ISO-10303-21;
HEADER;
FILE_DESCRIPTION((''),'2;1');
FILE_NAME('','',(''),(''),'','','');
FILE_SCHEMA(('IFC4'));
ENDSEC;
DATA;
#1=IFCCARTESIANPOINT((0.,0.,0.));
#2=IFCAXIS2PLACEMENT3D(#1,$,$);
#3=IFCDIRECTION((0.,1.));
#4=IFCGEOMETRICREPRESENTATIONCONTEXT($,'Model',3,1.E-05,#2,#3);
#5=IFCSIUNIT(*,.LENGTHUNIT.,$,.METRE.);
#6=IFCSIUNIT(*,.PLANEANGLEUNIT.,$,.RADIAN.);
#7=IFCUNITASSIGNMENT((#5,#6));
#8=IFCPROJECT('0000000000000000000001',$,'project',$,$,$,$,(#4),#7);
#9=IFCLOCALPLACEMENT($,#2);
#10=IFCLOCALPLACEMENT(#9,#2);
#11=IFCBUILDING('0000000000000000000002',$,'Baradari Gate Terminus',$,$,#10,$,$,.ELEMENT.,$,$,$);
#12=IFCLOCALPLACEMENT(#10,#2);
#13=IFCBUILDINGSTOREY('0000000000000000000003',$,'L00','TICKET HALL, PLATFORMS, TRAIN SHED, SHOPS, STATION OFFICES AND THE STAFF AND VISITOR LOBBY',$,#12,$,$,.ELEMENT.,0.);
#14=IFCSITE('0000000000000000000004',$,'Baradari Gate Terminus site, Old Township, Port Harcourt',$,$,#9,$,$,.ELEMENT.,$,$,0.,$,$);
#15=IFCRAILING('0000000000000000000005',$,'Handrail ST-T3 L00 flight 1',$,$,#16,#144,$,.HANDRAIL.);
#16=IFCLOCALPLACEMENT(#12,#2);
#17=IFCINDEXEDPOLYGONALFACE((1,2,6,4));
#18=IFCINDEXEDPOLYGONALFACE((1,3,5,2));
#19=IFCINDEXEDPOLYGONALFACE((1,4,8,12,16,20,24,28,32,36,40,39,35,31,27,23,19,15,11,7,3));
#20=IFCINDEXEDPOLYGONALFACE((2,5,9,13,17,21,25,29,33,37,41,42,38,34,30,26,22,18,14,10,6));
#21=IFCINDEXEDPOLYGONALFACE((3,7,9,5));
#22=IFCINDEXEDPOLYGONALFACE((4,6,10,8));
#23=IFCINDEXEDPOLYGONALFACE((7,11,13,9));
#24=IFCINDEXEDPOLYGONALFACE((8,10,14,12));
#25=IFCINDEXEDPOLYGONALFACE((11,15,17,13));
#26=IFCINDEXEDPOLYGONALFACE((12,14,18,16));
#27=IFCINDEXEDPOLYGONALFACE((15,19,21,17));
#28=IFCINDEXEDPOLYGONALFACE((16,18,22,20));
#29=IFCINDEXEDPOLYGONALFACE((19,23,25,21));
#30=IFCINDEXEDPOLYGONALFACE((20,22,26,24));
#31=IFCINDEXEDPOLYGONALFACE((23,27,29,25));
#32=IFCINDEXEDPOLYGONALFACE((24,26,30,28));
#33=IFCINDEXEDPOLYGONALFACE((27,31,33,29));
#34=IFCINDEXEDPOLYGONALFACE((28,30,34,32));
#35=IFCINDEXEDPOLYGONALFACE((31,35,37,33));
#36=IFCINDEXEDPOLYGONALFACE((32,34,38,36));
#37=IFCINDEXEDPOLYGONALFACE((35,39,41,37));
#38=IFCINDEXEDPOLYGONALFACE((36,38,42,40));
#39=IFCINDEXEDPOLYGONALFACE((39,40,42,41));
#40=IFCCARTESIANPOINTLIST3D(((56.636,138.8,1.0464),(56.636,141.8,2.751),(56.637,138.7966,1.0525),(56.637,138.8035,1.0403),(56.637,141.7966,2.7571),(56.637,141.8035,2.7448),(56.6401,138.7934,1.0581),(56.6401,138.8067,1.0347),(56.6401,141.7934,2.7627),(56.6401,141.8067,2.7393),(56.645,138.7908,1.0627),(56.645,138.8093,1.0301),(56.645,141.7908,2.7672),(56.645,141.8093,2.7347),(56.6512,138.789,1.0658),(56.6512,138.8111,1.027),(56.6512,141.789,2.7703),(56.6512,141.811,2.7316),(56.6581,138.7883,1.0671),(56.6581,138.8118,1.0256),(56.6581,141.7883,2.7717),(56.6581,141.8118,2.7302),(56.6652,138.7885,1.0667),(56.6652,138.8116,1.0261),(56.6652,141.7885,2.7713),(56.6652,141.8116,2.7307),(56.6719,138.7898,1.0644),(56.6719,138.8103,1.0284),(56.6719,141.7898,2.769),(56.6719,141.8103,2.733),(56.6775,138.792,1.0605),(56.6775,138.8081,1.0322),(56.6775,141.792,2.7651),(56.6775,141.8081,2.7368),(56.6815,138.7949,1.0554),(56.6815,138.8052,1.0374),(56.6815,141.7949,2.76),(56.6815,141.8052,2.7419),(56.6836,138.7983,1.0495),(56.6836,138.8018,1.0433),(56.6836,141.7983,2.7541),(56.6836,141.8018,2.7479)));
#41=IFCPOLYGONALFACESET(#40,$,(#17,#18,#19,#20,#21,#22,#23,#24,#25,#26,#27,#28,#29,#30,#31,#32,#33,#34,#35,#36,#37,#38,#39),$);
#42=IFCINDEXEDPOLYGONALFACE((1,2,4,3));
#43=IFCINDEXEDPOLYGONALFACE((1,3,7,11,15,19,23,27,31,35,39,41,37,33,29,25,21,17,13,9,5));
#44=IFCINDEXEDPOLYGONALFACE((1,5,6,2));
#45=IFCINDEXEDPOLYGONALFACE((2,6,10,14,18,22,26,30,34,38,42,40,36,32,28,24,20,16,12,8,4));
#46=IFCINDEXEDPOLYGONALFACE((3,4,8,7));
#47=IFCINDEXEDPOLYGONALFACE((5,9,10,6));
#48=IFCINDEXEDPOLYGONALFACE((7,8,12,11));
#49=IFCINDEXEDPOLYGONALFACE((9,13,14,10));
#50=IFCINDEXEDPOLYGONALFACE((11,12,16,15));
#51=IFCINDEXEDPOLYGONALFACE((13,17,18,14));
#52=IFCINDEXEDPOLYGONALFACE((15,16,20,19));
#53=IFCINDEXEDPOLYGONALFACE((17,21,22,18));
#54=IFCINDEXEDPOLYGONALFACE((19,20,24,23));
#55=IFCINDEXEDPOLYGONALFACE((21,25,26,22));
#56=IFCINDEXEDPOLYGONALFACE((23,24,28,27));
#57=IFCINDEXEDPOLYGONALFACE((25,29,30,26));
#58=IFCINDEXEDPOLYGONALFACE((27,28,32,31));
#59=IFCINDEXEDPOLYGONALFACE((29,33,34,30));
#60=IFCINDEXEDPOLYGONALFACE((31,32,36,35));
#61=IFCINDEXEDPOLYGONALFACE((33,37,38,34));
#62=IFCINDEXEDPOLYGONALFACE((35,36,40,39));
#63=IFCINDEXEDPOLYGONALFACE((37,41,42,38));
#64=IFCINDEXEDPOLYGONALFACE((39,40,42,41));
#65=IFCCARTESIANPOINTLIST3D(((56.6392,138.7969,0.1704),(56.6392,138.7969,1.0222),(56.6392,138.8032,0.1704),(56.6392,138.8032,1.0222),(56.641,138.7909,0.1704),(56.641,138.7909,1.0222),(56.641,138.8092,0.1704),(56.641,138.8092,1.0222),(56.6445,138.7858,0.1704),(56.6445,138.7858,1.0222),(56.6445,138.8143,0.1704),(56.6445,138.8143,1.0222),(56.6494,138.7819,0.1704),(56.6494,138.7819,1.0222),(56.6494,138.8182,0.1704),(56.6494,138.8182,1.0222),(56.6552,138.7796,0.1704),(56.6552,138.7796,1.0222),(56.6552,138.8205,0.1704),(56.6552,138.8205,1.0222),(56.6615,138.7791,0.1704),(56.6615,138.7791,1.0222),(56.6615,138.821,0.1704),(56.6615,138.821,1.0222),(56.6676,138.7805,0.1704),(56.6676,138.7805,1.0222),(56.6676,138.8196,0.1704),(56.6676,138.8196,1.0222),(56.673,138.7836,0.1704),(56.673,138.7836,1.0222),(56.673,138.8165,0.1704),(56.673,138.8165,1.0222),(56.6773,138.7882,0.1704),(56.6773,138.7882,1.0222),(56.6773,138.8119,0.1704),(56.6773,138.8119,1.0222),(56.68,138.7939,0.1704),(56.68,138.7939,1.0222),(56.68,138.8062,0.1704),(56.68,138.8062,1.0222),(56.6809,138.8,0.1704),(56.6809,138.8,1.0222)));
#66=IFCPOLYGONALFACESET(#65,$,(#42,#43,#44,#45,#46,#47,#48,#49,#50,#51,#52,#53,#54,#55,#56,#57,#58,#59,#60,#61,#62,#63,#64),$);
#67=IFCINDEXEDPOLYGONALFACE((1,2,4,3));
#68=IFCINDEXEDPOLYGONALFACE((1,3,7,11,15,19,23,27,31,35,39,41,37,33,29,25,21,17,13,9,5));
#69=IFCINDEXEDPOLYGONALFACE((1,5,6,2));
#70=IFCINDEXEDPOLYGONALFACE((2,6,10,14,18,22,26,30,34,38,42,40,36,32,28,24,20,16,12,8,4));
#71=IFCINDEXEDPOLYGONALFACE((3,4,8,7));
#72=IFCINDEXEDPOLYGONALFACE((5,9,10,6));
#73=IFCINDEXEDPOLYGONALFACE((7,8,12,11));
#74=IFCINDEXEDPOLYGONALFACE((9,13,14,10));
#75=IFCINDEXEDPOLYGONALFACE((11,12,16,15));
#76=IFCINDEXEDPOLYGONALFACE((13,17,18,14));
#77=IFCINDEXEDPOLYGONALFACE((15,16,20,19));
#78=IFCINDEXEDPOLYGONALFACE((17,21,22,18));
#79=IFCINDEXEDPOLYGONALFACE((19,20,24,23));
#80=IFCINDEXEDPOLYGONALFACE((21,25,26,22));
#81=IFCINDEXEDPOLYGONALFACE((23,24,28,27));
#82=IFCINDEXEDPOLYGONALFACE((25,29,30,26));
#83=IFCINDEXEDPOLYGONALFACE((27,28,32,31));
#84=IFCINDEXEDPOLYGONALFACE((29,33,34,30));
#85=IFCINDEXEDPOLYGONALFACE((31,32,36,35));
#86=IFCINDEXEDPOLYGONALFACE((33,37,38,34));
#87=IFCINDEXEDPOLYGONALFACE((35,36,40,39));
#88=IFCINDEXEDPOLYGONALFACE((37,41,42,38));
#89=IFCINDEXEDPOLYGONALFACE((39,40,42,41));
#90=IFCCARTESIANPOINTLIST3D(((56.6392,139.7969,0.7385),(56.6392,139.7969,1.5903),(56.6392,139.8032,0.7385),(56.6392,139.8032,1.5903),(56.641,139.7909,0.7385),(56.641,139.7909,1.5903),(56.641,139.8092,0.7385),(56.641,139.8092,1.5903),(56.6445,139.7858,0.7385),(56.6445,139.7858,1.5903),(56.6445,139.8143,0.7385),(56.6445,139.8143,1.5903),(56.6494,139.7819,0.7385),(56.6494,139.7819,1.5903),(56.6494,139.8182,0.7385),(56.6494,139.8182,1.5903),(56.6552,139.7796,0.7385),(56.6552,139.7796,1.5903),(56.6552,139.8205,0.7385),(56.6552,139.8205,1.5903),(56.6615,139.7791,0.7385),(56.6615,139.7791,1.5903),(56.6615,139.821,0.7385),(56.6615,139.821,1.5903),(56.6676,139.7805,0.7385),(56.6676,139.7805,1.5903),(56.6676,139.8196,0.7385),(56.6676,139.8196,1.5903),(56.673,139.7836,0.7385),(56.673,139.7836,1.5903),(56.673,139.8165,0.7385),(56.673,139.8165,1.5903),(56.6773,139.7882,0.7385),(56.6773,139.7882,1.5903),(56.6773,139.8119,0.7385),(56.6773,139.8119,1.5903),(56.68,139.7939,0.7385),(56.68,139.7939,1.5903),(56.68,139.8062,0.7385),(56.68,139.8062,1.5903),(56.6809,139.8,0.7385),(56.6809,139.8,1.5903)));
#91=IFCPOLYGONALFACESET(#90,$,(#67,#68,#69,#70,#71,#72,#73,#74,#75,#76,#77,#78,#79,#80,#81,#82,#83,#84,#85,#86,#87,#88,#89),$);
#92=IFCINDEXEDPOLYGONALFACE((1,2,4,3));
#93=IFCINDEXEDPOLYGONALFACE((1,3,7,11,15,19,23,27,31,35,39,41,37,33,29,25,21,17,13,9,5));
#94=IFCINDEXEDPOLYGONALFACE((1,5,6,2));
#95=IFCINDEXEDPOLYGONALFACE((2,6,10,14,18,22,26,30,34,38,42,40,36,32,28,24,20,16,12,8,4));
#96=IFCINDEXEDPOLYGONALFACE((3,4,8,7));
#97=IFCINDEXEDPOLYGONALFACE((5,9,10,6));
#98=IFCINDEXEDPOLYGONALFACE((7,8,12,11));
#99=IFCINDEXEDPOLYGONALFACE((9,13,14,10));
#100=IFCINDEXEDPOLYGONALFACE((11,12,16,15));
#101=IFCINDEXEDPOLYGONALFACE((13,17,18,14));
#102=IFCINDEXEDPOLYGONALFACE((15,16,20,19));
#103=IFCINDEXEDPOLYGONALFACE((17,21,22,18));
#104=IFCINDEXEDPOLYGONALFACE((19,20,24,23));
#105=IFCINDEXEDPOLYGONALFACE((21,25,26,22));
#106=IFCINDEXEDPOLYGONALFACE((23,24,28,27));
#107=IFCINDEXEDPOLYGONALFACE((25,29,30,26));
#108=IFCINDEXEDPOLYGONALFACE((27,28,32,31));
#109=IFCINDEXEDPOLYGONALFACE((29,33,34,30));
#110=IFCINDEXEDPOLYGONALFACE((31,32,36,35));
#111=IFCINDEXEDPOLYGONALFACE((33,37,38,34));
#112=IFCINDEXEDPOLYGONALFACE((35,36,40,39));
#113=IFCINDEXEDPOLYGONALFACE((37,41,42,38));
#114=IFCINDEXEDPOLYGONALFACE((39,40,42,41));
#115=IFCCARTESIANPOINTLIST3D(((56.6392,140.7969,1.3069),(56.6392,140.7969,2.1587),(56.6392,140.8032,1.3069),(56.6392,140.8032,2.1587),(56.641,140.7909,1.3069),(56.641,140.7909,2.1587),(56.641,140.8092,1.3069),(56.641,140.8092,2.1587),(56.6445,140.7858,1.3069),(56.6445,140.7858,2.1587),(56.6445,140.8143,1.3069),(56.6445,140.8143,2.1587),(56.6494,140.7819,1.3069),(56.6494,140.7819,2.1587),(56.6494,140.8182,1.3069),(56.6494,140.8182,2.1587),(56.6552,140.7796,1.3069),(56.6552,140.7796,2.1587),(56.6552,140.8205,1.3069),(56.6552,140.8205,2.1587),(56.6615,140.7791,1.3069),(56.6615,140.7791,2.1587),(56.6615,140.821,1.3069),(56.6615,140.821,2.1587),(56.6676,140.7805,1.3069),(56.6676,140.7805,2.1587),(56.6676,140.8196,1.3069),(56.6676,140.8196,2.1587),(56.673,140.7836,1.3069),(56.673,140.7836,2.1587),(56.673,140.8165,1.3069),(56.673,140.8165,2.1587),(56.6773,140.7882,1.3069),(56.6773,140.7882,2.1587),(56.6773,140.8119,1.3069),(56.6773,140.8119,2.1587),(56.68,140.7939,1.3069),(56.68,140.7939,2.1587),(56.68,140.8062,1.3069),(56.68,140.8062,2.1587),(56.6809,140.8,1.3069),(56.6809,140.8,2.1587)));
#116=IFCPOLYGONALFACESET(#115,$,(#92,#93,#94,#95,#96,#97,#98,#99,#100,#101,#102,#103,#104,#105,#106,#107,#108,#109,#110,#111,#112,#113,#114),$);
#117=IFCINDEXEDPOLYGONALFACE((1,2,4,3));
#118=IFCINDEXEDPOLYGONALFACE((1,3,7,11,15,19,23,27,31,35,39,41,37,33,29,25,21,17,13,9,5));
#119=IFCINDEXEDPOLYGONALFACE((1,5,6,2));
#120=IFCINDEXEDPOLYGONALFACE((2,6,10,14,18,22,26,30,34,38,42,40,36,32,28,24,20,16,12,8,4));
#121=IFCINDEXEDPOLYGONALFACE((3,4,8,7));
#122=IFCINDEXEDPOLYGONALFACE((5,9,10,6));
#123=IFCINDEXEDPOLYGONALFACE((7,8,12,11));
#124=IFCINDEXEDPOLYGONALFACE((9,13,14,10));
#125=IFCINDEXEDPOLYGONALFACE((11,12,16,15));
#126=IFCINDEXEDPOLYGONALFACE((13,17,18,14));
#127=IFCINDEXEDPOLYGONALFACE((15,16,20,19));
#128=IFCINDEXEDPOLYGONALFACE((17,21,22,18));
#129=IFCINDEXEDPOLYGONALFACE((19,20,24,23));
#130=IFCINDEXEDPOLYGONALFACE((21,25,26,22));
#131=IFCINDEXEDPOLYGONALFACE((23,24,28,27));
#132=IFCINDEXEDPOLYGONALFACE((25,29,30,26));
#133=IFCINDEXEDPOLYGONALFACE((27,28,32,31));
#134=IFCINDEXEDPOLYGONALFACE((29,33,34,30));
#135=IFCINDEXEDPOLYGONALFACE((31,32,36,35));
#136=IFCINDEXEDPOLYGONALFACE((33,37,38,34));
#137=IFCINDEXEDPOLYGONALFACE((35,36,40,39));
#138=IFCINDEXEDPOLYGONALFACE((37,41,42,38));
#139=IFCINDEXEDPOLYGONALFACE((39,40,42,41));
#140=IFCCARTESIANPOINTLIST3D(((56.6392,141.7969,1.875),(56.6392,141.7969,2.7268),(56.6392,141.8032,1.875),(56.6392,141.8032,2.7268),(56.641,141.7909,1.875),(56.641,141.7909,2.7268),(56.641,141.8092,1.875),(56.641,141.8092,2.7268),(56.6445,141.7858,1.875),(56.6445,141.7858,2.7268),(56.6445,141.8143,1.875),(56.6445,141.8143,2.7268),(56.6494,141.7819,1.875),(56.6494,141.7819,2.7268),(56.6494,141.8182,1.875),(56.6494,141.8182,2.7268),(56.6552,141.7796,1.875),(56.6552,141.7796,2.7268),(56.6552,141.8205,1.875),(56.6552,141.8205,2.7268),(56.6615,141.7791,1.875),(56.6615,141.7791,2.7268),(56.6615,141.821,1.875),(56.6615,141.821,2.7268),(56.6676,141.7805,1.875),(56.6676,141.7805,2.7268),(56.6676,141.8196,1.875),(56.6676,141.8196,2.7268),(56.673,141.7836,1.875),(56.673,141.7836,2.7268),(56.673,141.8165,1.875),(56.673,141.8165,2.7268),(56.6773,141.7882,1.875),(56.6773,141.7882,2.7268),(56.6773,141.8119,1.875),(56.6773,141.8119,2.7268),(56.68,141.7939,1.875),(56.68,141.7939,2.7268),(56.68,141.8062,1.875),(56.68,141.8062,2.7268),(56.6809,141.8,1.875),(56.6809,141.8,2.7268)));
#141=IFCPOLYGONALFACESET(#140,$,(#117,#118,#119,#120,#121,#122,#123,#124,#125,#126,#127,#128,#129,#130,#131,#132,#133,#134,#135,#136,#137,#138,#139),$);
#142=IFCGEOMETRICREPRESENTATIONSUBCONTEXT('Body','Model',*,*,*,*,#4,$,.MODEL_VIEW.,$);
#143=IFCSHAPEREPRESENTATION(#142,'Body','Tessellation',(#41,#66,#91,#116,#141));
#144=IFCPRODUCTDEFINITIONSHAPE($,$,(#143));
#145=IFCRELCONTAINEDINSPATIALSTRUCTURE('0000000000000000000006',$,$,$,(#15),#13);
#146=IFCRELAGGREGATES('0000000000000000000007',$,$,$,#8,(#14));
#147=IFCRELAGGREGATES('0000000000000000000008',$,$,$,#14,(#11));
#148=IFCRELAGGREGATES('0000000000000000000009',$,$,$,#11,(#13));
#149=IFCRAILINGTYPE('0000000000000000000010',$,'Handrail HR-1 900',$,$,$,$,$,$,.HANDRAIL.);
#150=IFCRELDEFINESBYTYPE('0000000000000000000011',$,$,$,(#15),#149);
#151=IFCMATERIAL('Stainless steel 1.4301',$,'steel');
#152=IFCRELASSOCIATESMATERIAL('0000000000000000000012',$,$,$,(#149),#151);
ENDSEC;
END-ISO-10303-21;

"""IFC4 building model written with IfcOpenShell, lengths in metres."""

from ifc_helpers import new_model, si_unit, direction, frame, origin, origin_2d, place, context, subcontext, project, spatial, circle, extrude, material, type_object, element, save


model = new_model("IFC4")

# Units and contexts
model_context = context("Model", 3, precision=1e-05, world=origin(), true_north=direction((0.0, 1.0)))
body_context = subcontext(model_context, "Body", "Model", "MODEL_VIEW")
ifc_project = project(units=[si_unit("LENGTHUNIT", "METRE"), si_unit("PLANEANGLEUNIT", "RADIAN")], contexts=[model_context])

# Site, building, storey
site_placement = place(None, origin())
site = spatial("IfcSite", under=ifc_project, at=site_placement, Name="Baradari Gate Terminus site, Old Township, Port Harcourt", CompositionType="ELEMENT", RefElevation=0.0)
building_placement = place(site_placement, origin())
building = spatial("IfcBuilding", under=site, at=building_placement, Name="Baradari Gate Terminus", CompositionType="ELEMENT")
storey_placement = place(building_placement, origin())
storey = spatial("IfcBuildingStorey", under=building, at=storey_placement, Name="L00", Description="TICKET HALL, PLATFORMS, TRAIN SHED, SHOPS, STATION OFFICES AND THE STAFF AND VISITOR LOBBY", CompositionType="ELEMENT", Elevation=0.0)

# Railing
ifc_material_1 = material(Name="Stainless steel 1.4301", Category="steel")
railing_type_1 = type_object("IfcRailingType", Name="Handrail HR-1 900", PredefinedType="HANDRAIL", material=ifc_material_1)
for number, where, name in (
    (1, (56.6599, 138.8, 0.1704), "Handrail ST-T3 L00 flight 1"),
):
    element("IfcRailing", number, at=place(storey_placement, frame(where)), inside=storey, type_object=railing_type_1, Name=name, PredefinedType="HANDRAIL", context=body_context, shape_type="SweptSolid", body=[
        extrude(circle(Radius=0.0239, at=origin_2d()), frame((0.0, 0.0, 0.876), z_axis=(0.0, 0.869451, 0.494019), x_axis=(-1.0, 0.0, 0.0)), (0.0, 0.0, 1.0), 3.4504),
        extrude(circle(Radius=0.021, at=origin_2d()), origin(), (0.0, 0.0, 1.0), 0.8518),
        extrude(circle(Radius=0.021, at=origin_2d()), frame((0.0, 1.0, 0.5681)), (0.0, 0.0, 1.0), 0.8518),
        extrude(circle(Radius=0.021, at=origin_2d()), frame((0.0, 2.0, 1.1365)), (0.0, 0.0, 1.0), 0.8518),
        extrude(circle(Radius=0.021, at=origin_2d()), frame((0.0, 3.0, 1.7046)), (0.0, 0.0, 1.0), 0.8518),
    ])

save(model, "model.ifc")
